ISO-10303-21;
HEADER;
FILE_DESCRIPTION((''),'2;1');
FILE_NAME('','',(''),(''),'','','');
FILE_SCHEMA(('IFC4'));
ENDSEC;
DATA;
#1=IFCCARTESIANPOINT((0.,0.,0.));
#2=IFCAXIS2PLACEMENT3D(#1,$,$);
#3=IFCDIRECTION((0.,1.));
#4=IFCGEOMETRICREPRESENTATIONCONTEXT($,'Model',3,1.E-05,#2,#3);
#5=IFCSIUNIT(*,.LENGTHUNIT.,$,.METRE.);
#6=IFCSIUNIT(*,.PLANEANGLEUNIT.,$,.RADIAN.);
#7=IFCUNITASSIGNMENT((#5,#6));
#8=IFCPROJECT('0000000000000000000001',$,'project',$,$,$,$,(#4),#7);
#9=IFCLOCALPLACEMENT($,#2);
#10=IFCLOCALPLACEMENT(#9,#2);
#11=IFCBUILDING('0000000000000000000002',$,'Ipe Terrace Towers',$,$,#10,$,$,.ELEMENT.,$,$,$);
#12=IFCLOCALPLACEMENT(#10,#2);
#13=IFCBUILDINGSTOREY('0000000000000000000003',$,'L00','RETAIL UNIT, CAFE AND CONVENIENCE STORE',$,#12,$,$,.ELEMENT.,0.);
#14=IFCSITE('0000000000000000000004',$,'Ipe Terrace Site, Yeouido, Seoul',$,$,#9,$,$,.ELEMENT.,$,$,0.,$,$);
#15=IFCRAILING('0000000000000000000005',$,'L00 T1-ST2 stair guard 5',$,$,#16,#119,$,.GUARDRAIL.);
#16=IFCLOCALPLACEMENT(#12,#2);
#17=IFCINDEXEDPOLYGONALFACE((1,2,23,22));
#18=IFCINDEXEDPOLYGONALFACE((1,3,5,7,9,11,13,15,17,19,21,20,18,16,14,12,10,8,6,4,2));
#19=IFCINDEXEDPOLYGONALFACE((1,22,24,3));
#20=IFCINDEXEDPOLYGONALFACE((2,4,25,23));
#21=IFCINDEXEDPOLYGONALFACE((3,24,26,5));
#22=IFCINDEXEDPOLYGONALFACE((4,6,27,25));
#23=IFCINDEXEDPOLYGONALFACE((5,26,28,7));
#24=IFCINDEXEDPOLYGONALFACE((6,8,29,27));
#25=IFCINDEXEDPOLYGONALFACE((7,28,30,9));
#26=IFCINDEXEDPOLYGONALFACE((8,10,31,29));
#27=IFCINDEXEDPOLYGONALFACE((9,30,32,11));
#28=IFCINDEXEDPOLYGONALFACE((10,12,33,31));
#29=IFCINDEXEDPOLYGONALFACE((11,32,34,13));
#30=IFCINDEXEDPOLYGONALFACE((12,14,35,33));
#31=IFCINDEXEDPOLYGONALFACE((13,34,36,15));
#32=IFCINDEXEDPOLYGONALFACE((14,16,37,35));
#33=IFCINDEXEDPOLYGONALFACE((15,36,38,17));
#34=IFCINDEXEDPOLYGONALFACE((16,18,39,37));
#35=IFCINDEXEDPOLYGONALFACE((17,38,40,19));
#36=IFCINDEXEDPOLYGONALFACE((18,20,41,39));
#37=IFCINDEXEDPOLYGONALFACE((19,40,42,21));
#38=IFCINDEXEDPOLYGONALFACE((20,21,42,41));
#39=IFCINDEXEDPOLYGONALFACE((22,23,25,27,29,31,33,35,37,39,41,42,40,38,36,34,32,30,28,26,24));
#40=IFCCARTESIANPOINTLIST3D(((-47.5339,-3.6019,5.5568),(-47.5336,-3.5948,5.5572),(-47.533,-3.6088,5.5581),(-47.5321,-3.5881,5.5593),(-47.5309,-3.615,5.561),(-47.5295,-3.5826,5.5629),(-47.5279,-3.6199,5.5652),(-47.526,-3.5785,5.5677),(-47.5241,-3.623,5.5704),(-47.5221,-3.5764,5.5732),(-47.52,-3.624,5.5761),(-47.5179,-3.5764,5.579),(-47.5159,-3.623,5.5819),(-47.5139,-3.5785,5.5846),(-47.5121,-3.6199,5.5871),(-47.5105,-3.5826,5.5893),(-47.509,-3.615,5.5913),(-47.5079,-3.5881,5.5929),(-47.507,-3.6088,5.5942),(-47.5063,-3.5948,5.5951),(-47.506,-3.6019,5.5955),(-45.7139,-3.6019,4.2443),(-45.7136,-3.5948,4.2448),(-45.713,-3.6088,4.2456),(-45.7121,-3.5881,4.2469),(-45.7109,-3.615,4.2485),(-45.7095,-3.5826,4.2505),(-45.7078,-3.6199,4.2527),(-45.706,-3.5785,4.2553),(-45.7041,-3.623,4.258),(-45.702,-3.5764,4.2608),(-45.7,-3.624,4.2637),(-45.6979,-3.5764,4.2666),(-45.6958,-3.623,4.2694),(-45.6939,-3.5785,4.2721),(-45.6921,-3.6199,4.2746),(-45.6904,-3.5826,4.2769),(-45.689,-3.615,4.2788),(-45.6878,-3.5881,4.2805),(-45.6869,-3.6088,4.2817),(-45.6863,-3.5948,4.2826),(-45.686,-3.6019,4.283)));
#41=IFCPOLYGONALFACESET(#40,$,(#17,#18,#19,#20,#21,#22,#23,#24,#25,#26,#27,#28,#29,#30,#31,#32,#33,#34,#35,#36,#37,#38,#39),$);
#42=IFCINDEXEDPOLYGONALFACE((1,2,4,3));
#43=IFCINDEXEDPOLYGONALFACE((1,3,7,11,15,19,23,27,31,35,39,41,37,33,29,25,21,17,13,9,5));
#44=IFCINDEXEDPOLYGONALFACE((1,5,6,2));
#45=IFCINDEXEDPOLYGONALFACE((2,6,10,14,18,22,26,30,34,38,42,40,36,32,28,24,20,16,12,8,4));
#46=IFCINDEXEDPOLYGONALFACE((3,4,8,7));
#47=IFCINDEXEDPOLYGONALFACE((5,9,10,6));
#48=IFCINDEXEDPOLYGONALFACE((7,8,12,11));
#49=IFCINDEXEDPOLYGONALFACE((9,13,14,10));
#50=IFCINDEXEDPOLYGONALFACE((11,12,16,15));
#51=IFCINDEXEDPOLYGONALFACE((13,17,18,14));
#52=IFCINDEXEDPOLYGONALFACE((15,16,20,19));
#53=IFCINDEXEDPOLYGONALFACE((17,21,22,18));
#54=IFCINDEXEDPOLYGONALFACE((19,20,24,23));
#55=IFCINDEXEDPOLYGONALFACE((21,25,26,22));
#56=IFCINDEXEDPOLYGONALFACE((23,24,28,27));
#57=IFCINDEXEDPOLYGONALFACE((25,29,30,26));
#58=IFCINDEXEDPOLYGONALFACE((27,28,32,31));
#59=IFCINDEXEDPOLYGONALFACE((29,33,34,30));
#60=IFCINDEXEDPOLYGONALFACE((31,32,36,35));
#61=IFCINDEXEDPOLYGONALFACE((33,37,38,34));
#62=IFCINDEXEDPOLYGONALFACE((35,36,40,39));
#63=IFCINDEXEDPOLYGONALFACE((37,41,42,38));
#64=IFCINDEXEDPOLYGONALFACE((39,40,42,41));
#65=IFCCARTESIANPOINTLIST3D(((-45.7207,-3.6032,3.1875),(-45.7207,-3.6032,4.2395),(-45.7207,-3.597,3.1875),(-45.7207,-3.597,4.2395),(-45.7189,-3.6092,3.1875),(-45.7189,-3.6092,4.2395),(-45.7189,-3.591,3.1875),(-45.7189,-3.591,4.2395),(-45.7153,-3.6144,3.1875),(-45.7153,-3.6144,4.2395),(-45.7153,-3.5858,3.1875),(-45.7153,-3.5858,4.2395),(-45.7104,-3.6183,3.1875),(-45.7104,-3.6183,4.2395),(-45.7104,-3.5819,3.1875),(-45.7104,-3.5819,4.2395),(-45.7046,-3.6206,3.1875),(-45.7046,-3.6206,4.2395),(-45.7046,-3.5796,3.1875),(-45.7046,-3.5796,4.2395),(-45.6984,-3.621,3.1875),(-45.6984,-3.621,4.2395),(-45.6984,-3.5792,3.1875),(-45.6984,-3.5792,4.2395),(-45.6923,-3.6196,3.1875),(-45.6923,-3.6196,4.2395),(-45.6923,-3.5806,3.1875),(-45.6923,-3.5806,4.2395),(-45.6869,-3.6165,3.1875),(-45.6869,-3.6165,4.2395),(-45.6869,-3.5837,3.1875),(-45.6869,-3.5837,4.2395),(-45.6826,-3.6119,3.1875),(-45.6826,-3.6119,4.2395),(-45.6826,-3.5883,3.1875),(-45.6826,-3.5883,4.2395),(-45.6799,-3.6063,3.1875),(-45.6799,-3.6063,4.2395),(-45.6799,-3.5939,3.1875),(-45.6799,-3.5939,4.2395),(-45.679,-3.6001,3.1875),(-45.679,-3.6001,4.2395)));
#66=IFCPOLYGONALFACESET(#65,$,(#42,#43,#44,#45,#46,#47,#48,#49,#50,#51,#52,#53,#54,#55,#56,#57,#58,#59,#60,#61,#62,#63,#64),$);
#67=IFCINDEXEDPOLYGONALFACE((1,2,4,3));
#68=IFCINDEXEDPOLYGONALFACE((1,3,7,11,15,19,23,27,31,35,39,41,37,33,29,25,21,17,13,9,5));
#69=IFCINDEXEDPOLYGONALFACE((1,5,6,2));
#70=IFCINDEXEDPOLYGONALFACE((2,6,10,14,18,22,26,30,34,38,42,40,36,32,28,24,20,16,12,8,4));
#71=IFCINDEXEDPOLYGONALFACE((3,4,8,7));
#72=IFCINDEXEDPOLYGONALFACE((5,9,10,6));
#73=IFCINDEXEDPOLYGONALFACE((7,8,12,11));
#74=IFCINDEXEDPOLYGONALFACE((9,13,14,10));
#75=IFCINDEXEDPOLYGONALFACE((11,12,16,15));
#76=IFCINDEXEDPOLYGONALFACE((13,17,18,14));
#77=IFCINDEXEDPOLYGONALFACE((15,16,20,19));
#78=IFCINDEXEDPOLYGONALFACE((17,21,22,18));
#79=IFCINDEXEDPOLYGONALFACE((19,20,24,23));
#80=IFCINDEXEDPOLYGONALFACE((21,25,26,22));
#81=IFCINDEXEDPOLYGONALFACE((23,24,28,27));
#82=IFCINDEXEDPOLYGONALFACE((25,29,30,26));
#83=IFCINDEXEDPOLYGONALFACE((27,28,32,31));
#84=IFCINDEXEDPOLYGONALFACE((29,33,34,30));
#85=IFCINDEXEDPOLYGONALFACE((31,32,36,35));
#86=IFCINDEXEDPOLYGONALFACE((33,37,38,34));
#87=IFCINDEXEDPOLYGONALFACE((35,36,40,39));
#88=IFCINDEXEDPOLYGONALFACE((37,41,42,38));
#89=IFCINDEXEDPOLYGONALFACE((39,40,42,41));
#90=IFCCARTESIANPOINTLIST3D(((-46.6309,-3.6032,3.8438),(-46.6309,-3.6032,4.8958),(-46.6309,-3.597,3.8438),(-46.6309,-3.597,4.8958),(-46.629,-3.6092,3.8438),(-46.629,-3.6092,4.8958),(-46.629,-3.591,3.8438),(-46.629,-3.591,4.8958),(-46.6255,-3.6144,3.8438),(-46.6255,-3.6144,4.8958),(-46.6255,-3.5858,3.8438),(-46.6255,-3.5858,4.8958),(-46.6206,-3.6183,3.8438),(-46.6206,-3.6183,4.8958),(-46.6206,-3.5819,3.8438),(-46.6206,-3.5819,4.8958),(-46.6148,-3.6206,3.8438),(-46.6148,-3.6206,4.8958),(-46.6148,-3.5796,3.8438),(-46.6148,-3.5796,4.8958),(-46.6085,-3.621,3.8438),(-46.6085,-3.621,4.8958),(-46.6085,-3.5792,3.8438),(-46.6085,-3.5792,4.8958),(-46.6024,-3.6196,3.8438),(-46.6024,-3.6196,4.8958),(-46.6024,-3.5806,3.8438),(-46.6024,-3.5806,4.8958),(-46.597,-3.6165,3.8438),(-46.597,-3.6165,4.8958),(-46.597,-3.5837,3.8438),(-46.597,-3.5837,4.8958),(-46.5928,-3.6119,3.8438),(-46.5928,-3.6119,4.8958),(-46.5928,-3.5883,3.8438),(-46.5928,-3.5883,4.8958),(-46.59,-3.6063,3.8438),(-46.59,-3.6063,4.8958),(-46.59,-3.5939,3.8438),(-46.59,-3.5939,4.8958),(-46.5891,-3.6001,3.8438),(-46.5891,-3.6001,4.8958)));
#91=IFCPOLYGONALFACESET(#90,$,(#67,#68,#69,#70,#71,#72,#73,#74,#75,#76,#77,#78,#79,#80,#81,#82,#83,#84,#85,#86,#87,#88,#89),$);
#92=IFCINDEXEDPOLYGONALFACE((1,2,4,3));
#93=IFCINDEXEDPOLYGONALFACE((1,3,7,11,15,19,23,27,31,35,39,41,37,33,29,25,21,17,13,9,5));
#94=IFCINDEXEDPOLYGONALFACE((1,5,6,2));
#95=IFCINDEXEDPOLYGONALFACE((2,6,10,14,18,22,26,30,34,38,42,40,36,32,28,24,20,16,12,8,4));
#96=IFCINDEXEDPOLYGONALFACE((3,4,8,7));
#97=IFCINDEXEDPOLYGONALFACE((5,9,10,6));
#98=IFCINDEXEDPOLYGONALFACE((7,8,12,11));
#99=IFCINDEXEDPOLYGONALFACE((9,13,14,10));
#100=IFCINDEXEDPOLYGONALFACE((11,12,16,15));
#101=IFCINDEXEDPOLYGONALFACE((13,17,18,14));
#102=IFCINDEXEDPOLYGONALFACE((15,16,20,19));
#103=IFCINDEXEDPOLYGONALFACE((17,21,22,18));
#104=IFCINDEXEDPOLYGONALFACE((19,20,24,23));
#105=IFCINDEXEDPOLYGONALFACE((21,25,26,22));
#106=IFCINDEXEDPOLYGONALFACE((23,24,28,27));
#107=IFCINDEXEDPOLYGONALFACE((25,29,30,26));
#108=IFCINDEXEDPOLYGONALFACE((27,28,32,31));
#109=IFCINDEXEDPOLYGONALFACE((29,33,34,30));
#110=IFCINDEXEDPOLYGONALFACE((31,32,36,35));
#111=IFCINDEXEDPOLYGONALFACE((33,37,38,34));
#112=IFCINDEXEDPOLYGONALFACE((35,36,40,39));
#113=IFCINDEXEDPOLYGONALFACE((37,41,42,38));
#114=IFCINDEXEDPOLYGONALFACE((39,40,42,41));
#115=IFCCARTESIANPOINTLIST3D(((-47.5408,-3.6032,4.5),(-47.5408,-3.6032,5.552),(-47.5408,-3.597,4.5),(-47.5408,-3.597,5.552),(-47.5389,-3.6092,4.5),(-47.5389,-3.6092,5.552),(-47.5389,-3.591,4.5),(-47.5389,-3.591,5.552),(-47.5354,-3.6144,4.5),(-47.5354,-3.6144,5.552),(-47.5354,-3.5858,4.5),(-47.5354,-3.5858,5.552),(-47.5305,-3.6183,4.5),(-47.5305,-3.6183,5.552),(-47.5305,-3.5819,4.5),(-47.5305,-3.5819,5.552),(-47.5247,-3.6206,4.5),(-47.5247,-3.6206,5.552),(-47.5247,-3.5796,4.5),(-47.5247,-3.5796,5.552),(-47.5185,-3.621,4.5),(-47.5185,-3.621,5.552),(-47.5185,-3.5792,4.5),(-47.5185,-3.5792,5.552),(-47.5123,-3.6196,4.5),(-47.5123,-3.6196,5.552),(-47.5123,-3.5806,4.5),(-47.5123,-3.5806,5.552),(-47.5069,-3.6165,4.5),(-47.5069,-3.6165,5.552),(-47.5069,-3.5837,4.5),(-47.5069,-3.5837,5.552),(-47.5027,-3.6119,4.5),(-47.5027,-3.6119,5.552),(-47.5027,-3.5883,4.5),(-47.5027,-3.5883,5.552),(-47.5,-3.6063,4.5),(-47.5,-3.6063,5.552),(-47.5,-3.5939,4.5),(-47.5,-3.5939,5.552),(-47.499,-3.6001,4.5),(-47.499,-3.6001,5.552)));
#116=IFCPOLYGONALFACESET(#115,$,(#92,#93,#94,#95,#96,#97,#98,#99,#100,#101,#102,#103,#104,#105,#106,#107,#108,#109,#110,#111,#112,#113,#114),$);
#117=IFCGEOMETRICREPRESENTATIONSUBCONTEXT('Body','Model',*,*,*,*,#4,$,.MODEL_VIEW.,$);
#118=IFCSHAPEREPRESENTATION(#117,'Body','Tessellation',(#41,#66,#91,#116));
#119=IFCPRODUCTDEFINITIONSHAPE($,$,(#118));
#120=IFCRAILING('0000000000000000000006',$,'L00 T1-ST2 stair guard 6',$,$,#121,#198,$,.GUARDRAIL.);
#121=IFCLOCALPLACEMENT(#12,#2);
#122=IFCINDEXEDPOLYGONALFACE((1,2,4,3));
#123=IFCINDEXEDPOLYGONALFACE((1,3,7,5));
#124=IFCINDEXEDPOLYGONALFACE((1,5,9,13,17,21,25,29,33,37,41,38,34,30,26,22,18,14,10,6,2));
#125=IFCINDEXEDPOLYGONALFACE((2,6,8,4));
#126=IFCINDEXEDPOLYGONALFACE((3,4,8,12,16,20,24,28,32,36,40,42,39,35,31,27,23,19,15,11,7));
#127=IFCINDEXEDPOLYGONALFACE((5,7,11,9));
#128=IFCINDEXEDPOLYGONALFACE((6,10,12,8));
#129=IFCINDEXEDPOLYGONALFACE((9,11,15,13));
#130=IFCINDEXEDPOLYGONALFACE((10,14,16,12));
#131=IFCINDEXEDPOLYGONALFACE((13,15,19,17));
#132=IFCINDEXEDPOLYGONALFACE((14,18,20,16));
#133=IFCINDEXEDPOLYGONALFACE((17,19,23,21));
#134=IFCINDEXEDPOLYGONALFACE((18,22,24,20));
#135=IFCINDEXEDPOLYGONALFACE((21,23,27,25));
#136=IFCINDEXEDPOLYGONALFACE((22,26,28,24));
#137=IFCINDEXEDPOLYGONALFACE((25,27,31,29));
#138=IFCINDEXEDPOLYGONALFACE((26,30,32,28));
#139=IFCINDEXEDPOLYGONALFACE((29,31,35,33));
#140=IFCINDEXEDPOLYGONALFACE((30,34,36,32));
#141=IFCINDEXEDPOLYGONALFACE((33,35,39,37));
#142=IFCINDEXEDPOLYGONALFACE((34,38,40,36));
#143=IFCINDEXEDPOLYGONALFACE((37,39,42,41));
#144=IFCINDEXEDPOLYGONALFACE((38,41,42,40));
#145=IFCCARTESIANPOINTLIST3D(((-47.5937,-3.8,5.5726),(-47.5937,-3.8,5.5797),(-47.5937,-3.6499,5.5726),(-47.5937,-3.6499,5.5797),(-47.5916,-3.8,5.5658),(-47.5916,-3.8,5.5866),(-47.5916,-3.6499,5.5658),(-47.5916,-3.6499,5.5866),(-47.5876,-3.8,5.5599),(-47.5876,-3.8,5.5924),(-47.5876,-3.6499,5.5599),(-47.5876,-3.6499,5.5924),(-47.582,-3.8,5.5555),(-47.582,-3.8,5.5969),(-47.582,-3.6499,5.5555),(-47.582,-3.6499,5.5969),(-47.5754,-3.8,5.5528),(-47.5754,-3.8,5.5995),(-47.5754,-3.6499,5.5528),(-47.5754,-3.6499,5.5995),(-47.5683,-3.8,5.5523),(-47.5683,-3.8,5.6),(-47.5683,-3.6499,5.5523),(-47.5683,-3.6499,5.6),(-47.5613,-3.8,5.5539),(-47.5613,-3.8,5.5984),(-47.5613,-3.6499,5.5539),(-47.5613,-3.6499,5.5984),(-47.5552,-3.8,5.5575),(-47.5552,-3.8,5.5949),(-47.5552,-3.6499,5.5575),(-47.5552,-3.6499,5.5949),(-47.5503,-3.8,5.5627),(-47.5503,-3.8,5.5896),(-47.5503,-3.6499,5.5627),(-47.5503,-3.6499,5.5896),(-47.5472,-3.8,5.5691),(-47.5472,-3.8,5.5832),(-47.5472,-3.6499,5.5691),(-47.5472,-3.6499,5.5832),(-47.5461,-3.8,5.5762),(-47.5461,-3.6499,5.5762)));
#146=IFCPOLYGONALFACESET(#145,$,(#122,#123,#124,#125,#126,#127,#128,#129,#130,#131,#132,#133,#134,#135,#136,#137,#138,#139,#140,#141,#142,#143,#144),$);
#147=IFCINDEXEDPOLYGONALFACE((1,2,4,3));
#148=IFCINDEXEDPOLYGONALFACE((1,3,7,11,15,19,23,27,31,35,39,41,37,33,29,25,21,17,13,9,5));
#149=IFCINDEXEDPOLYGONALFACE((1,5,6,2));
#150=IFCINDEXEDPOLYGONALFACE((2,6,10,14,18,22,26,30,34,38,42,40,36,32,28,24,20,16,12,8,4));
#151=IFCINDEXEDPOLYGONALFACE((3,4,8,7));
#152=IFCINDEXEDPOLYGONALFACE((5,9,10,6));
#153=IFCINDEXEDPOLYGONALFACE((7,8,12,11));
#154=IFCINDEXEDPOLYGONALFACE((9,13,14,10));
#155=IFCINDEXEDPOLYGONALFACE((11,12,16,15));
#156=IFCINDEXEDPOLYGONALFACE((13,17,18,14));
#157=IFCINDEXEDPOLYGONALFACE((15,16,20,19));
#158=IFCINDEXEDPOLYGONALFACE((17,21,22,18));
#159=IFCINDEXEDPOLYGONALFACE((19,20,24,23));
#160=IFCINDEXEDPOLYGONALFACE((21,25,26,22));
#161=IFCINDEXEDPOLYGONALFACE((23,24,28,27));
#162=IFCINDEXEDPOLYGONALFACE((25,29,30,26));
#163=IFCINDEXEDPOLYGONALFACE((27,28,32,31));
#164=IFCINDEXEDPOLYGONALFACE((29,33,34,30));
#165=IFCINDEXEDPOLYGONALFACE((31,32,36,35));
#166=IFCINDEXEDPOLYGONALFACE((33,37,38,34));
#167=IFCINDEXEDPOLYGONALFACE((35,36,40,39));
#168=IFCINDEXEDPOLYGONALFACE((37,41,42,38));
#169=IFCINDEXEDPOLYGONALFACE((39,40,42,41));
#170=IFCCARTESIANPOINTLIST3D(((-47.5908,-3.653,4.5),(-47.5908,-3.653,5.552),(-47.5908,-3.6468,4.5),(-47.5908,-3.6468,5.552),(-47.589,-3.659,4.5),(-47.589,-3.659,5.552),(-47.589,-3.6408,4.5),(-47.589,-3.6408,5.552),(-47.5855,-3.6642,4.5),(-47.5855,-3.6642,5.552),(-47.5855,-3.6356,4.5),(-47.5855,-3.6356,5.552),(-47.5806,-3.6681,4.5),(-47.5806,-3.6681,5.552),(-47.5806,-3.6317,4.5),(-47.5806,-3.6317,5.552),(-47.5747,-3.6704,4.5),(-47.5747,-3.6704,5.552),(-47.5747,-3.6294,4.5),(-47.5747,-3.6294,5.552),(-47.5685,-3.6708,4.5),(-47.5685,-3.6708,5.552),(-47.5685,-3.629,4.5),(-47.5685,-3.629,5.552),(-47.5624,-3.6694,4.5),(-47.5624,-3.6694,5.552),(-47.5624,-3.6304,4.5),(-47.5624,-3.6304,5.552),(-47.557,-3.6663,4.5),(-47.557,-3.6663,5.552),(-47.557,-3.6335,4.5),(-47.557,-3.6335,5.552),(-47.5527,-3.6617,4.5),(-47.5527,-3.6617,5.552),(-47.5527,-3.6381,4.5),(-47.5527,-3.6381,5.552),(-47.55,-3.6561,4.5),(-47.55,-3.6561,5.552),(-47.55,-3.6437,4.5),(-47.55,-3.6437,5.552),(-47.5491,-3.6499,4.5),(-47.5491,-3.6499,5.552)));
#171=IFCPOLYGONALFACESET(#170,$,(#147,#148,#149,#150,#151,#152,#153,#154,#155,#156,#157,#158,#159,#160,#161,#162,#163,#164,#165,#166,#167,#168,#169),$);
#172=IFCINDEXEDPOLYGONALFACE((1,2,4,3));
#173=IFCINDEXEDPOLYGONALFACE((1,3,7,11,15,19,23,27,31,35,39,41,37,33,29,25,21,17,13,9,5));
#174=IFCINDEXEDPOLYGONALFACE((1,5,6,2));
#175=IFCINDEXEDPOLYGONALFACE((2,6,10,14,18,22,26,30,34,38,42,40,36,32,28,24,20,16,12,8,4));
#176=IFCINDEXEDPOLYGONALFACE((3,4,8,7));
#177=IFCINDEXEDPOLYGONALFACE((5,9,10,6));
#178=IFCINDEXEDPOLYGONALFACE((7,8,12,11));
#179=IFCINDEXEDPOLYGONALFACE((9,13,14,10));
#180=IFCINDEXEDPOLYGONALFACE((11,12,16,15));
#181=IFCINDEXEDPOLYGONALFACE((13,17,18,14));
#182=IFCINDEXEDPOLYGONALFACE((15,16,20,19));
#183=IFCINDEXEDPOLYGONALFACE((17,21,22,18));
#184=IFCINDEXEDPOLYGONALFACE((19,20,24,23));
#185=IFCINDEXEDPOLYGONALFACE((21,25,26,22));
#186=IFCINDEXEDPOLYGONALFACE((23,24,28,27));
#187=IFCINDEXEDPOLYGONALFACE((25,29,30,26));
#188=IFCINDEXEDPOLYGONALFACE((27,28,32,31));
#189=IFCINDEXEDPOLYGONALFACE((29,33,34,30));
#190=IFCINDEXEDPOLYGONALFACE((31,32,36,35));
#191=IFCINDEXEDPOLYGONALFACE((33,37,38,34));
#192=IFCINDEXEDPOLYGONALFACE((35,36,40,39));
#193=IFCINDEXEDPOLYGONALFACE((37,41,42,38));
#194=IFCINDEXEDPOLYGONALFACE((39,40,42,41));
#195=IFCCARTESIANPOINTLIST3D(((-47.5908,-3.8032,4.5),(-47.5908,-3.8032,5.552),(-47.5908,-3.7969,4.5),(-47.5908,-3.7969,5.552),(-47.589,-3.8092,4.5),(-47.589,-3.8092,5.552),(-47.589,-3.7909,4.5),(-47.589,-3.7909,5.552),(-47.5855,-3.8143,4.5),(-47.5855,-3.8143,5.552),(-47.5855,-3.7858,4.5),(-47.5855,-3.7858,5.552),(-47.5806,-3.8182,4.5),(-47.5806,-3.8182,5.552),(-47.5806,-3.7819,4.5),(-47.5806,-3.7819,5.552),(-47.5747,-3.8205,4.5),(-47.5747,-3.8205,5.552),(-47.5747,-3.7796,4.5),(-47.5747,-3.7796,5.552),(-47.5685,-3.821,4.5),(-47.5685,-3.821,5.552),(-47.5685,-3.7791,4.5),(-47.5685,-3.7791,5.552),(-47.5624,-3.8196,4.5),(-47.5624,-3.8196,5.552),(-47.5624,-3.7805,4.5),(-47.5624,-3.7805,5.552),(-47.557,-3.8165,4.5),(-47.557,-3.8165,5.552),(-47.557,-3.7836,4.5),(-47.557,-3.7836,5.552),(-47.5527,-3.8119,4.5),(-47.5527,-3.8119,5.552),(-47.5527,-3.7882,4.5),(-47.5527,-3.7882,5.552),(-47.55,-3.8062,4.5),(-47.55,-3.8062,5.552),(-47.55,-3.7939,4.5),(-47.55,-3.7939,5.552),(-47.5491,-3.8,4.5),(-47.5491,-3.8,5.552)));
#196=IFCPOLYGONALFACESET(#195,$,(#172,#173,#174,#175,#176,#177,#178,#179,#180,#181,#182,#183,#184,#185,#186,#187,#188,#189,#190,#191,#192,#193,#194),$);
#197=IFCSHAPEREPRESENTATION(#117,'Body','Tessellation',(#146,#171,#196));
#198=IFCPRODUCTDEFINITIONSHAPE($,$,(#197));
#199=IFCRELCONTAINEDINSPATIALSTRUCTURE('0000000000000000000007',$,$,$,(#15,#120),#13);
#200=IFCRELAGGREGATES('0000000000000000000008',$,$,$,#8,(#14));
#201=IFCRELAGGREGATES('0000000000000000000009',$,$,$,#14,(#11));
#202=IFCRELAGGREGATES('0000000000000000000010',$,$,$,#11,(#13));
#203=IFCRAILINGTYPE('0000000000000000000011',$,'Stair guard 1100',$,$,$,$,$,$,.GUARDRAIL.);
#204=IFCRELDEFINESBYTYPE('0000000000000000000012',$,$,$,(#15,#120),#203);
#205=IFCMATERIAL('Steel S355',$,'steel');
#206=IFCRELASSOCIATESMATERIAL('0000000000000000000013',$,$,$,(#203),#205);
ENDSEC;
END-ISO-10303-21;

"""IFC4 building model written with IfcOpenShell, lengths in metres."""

from ifc_helpers import new_model, si_unit, direction, frame, origin, origin_2d, place, context, subcontext, project, spatial, circle, extrude, material, type_object, element, save


model = new_model("IFC4")

# Units and contexts
model_context = context("Model", 3, precision=1e-05, world=origin(), true_north=direction((0.0, 1.0)))
body_context = subcontext(model_context, "Body", "Model", "MODEL_VIEW")
ifc_project = project(units=[si_unit("LENGTHUNIT", "METRE"), si_unit("PLANEANGLEUNIT", "RADIAN")], contexts=[model_context])

# Site, building, storey
site_placement = place(None, origin())
site = spatial("IfcSite", under=ifc_project, at=site_placement, Name="Ipe Terrace Site, Yeouido, Seoul", CompositionType="ELEMENT", RefElevation=0.0)
building_placement = place(site_placement, origin())
building = spatial("IfcBuilding", under=site, at=building_placement, Name="Ipe Terrace Towers", CompositionType="ELEMENT")
storey_placement = place(building_placement, origin())
storey = spatial("IfcBuildingStorey", under=building, at=storey_placement, Name="L00", Description="RETAIL UNIT, CAFE AND CONVENIENCE STORE", CompositionType="ELEMENT", Elevation=0.0)

# Railings
ifc_material_1 = material(Name="Steel S355", Category="steel")
railing_type_1 = type_object("IfcRailingType", Name="Stair guard 1100", PredefinedType="GUARDRAIL", material=ifc_material_1)
railing_1_placement = place(storey_placement, frame((-45.7, -3.6001, 3.1875)))
element("IfcRailing", 1, at=railing_1_placement, inside=storey, type_object=railing_type_1, Name="L00 T1-ST2 stair guard 5", PredefinedType="GUARDRAIL", context=body_context, shape_type="SweptSolid", body=[
    extrude(circle(Radius=0.0239, at=origin_2d()), frame((0.0, 0.0, 1.0762), z_axis=(-0.811101, 0.0, 0.584906), x_axis=(0.0, -1.0, 0.0)), (0.0, 0.0, 1.0), 2.2439),
    extrude(circle(Radius=0.021, at=origin_2d()), origin(), (0.0, 0.0, 1.0), 1.052),
    extrude(circle(Radius=0.021, at=origin_2d()), frame((-0.9102, 0.0, 0.6562)), (0.0, 0.0, 1.0), 1.052),
    extrude(circle(Radius=0.021, at=origin_2d()), frame((-1.8201, 0.0, 1.3125)), (0.0, 0.0, 1.0), 1.052),
])
railing_2_placement = place(storey_placement, frame((-47.5701, -3.6499, 4.5)))
element("IfcRailing", 2, at=railing_2_placement, inside=storey, type_object=railing_type_1, Name="L00 T1-ST2 stair guard 6", PredefinedType="GUARDRAIL", context=body_context, shape_type="SweptSolid", body=[
    extrude(circle(Radius=0.0239, at=origin_2d()), frame((0.0, 0.0, 1.0762), z_axis=(0.0, -1.0, 0.0), x_axis=(1.0, 0.0, 0.0)), (0.0, 0.0, 1.0), 0.1501),
    extrude(circle(Radius=0.021, at=origin_2d()), origin(), (0.0, 0.0, 1.0), 1.052),
    extrude(circle(Radius=0.021, at=origin_2d()), frame((0.0, -0.1501, 0.0)), (0.0, 0.0, 1.0), 1.052),
])

save(model, "model.ifc")
